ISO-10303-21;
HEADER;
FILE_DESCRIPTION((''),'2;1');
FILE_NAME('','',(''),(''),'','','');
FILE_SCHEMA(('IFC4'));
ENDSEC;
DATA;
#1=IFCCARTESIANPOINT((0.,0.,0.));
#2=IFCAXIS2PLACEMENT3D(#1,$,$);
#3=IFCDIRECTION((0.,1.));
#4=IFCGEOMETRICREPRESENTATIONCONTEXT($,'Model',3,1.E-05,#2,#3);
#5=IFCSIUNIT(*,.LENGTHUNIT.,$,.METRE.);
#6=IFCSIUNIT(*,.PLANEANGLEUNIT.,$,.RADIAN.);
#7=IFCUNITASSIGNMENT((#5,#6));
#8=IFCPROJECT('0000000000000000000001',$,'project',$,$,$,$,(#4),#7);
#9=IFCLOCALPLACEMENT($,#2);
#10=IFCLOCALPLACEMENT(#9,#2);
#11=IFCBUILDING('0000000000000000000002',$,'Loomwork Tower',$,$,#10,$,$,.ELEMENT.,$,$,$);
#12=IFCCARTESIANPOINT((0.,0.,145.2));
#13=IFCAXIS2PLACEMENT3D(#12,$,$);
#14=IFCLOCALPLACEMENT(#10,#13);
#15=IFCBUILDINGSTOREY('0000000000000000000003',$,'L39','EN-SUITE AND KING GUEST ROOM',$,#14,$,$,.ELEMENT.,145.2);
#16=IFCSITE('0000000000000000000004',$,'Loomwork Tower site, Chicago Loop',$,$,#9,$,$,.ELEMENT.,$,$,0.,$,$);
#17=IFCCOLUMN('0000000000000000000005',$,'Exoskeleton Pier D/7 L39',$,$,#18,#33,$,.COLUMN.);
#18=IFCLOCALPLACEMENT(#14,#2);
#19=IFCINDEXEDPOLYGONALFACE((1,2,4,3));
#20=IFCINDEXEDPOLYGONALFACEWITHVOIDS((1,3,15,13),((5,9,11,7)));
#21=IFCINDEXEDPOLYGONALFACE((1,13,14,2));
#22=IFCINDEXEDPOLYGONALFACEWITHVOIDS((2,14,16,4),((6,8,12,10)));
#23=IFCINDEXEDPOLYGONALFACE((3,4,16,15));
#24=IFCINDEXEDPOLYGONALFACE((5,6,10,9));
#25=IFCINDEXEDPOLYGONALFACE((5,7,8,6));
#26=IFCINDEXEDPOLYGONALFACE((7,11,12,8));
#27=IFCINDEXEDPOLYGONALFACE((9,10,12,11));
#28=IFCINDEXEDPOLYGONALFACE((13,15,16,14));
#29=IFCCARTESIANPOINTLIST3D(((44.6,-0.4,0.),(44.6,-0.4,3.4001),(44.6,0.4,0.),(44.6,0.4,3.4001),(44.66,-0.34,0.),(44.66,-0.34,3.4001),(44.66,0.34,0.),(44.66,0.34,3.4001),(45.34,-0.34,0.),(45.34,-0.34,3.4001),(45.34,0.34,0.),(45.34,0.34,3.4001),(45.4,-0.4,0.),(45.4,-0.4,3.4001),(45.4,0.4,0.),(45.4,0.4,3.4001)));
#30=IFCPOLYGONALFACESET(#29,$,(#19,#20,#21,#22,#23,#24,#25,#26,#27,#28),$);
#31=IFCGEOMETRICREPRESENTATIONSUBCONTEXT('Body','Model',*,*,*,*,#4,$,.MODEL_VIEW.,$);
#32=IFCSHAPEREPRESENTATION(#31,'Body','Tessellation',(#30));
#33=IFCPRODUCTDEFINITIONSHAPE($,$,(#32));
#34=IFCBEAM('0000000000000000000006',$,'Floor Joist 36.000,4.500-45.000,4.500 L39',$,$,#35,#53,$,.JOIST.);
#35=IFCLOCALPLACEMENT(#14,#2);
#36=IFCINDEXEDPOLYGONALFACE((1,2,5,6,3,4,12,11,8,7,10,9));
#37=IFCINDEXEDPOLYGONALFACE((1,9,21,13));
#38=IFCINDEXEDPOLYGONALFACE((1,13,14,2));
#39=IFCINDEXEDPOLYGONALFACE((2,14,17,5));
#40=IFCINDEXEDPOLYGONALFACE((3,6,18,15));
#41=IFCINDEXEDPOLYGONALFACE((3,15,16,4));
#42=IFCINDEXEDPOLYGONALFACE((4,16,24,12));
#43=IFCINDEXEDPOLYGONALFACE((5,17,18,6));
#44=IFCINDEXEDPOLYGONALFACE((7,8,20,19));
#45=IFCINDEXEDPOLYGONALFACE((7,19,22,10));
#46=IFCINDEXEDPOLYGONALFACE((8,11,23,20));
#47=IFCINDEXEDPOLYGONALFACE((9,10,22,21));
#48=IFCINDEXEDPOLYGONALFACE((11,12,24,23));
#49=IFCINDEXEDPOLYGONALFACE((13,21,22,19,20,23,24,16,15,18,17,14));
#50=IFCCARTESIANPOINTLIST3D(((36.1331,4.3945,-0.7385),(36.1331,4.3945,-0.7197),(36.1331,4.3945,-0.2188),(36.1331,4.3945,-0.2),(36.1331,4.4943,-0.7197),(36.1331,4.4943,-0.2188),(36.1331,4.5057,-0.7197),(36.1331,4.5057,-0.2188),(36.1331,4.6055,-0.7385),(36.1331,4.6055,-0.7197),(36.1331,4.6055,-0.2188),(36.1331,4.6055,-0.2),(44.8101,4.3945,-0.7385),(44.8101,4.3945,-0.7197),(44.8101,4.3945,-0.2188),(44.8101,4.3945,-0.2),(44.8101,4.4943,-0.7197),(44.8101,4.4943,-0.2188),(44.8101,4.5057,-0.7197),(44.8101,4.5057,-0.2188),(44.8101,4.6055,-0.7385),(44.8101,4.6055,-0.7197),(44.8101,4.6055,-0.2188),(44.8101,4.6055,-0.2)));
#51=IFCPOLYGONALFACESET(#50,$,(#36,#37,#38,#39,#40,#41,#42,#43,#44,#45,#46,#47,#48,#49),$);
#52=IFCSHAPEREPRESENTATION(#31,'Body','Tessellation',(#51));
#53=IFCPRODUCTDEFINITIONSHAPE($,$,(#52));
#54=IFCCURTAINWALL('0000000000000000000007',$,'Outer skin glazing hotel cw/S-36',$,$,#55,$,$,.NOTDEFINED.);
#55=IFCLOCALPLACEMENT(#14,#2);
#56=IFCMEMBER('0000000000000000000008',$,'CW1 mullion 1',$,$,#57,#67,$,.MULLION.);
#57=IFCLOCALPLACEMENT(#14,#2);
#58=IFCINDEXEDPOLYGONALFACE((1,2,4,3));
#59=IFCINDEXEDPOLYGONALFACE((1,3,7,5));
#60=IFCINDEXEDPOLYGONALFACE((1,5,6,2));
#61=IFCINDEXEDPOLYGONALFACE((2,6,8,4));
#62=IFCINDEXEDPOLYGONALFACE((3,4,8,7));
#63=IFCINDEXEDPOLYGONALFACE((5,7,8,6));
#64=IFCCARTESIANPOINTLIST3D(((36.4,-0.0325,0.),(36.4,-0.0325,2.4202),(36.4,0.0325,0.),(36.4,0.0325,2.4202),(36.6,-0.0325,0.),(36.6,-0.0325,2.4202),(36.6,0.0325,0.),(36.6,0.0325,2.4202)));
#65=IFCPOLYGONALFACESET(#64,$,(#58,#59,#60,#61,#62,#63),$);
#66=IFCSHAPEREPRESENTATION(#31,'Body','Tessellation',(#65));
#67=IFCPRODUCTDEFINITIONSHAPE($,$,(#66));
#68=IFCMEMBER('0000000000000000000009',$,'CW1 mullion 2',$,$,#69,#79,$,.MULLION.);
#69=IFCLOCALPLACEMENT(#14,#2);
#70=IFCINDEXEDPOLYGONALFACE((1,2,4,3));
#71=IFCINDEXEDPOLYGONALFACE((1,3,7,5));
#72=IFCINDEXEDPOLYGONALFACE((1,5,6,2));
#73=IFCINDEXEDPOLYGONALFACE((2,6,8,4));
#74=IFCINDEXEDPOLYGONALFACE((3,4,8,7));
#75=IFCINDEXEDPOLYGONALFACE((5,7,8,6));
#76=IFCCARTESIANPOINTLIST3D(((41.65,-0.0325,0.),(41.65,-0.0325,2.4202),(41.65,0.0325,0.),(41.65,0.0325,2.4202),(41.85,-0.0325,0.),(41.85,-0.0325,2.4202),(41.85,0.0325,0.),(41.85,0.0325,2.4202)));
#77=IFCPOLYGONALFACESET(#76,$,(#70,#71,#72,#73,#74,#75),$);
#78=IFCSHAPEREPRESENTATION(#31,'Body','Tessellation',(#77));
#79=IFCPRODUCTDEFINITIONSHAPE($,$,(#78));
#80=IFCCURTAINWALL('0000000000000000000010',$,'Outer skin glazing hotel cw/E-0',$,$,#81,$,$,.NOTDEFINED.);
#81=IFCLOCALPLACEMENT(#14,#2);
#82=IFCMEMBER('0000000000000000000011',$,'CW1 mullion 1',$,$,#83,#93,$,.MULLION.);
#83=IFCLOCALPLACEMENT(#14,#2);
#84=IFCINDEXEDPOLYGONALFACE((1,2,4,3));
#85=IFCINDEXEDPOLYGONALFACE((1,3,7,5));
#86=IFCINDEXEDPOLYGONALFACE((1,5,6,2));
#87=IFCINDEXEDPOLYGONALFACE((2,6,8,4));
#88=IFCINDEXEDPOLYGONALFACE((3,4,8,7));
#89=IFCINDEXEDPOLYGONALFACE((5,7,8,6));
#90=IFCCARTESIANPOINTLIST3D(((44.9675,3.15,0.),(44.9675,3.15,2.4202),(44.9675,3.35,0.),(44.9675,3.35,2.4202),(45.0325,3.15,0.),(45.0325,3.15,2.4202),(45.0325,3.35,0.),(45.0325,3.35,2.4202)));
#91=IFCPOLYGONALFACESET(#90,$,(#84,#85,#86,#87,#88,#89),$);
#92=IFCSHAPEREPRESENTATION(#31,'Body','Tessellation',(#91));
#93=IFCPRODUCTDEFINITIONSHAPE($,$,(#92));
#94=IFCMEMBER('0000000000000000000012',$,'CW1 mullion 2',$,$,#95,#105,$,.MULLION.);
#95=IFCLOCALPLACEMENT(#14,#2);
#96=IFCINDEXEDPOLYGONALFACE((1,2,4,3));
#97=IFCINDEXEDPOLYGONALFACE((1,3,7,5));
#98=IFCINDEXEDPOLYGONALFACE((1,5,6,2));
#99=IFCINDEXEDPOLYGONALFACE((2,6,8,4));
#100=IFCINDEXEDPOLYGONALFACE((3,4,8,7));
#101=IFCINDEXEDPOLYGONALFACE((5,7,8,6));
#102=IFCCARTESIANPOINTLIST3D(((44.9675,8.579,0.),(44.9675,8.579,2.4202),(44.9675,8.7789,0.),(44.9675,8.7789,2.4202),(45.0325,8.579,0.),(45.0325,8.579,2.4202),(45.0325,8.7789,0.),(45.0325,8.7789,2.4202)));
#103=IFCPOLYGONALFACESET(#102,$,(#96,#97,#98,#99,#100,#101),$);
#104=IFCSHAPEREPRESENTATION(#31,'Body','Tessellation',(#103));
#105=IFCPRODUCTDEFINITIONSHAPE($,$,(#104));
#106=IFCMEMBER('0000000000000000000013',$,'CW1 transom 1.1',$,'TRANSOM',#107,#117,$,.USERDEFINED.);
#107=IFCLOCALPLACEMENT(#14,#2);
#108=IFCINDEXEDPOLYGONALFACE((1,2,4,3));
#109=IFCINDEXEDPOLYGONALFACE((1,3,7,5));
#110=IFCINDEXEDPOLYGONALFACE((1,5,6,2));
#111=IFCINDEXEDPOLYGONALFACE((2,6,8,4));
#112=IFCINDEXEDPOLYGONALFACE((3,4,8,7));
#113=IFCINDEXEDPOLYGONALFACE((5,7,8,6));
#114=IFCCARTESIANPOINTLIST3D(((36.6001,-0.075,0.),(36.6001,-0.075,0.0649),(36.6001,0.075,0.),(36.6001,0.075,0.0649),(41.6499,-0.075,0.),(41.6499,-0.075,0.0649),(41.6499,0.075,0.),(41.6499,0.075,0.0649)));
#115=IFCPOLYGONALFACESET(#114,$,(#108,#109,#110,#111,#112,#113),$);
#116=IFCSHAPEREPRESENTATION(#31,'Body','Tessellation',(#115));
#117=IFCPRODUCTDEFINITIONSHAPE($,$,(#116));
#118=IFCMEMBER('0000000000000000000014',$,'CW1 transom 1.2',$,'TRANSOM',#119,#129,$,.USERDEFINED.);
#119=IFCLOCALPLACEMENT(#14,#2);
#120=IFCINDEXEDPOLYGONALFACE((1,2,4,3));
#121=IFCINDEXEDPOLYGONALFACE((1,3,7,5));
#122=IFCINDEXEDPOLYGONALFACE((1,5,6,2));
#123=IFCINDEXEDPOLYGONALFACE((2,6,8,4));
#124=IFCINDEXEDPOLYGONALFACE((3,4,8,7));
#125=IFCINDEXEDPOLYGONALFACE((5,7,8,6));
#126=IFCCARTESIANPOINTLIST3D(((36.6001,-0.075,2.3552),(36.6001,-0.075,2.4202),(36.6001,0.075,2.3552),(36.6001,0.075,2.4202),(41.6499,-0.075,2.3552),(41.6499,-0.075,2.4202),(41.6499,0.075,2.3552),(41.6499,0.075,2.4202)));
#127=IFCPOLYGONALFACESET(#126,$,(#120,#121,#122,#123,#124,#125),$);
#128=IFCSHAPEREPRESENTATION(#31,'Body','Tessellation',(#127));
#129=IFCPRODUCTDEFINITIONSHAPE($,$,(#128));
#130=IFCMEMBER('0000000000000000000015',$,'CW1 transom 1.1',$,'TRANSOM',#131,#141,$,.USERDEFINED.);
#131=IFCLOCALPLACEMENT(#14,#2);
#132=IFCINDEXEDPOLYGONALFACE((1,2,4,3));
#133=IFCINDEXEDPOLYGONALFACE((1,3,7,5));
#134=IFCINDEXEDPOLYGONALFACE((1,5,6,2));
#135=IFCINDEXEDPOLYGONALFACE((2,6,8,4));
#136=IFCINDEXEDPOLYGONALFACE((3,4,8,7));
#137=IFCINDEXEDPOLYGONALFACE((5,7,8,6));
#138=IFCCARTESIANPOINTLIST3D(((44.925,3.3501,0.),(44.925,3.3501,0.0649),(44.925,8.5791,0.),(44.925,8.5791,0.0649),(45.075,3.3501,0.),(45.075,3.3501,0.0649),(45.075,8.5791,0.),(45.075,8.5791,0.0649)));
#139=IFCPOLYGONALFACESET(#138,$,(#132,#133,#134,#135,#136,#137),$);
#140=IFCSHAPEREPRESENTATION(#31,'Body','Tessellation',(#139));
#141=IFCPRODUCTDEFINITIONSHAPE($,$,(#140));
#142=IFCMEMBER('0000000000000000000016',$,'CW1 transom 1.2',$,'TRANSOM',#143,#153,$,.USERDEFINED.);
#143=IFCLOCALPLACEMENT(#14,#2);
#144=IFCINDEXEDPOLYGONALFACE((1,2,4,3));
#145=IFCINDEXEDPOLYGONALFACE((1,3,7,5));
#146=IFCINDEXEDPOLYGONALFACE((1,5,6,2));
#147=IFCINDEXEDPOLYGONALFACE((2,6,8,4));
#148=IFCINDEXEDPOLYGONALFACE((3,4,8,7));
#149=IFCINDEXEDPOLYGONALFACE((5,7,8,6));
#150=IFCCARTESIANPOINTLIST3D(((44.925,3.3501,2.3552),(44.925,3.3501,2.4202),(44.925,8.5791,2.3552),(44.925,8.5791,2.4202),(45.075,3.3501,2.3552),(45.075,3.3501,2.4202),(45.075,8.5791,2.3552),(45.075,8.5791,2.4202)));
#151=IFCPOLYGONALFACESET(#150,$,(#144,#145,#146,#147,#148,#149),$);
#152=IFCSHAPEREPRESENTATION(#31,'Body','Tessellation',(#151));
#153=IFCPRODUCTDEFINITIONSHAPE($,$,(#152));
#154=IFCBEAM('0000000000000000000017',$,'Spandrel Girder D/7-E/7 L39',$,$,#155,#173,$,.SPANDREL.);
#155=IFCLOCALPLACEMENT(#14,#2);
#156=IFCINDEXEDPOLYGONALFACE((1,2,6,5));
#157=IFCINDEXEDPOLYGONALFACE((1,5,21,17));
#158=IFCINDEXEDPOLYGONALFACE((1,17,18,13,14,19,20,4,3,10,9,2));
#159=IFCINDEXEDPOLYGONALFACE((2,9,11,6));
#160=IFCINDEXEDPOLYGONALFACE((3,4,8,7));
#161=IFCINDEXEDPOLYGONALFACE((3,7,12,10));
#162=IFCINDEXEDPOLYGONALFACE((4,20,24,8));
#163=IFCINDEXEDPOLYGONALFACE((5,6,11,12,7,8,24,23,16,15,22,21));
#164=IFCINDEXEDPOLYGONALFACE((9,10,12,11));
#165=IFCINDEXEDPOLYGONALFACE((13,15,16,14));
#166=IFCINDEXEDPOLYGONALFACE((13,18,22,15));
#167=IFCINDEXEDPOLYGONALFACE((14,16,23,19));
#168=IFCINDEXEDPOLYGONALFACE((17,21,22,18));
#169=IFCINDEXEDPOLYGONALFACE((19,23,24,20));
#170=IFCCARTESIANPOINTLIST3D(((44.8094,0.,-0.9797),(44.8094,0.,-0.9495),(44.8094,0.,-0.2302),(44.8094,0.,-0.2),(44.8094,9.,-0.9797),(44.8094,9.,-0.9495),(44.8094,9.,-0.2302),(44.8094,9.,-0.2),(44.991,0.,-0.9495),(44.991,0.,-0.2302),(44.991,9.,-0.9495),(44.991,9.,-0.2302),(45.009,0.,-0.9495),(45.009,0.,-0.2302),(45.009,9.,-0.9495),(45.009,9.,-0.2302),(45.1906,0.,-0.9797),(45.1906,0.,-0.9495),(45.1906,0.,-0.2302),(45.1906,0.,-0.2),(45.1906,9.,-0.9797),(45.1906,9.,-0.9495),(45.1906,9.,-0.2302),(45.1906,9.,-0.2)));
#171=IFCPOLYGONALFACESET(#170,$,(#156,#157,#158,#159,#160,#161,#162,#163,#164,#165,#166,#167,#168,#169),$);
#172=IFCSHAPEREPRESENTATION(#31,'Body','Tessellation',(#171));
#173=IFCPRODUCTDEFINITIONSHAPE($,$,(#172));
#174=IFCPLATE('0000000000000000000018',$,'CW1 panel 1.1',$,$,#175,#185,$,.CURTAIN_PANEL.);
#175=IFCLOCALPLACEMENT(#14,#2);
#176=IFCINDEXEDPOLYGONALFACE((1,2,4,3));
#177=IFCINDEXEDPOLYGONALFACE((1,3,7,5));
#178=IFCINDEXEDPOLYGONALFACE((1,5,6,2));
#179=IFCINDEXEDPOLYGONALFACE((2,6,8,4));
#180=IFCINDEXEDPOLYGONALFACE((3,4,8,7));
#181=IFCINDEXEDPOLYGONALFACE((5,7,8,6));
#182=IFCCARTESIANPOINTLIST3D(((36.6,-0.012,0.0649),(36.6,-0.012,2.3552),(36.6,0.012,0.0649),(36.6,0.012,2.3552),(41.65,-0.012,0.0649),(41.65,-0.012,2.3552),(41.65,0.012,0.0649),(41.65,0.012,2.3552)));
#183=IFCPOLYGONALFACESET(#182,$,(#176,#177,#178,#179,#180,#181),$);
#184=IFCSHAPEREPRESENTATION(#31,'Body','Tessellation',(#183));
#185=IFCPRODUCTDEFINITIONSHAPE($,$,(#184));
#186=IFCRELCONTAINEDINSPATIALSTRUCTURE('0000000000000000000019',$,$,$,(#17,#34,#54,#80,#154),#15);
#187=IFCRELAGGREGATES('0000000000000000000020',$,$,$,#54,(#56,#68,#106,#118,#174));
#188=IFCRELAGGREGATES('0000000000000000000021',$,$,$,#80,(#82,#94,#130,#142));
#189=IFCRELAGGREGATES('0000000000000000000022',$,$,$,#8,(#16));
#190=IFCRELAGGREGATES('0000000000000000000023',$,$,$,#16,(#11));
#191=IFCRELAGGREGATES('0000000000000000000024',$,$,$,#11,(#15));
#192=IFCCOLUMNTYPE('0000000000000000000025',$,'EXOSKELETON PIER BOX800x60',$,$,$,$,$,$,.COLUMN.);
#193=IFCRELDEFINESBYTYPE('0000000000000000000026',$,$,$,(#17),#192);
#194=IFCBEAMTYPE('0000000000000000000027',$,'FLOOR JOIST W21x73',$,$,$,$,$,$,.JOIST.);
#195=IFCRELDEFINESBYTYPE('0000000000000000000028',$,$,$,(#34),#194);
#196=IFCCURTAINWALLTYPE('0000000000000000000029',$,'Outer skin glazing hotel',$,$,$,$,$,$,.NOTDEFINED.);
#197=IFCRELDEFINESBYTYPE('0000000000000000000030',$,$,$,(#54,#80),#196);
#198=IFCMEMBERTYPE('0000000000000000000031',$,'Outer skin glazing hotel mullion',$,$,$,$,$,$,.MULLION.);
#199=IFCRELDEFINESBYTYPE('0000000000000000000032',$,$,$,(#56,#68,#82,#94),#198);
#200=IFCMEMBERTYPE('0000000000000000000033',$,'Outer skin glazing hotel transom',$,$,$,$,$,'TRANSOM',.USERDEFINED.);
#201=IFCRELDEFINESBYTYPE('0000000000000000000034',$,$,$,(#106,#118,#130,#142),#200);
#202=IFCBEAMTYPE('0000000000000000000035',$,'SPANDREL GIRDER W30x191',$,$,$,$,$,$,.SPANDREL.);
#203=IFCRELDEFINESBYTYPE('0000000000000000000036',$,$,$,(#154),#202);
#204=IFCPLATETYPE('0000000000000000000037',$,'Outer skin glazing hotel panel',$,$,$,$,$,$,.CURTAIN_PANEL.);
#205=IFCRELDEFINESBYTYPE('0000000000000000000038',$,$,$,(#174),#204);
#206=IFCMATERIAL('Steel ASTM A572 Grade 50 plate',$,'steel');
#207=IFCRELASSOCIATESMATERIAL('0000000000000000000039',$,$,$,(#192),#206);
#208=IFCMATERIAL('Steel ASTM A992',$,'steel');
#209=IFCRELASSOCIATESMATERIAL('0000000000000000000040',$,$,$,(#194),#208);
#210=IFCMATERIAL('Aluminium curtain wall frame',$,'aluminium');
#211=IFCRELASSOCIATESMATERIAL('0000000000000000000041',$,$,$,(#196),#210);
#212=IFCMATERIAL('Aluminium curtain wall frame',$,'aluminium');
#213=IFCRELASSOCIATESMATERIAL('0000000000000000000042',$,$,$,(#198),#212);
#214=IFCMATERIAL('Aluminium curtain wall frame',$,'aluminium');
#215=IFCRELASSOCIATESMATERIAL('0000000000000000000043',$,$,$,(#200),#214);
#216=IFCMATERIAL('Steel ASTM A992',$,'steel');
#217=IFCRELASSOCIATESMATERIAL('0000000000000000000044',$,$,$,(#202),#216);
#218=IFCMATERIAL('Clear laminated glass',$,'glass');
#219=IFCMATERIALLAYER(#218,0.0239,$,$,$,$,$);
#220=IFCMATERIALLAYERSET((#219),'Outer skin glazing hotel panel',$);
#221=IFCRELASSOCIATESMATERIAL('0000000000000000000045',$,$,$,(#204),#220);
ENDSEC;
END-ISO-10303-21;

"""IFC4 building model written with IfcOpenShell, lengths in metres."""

from ifc_helpers import new_model, si_unit, direction, frame, origin, origin_2d, place, context, subcontext, project, spatial, rectangle, hollow_rectangle, i_section, extrude, material, layer, layer_set, material_profile, profile_set, type_object, element, aggregate, save


model = new_model("IFC4")

# Units and contexts
model_context = context("Model", 3, precision=1e-05, world=origin(), true_north=direction((0.0, 1.0)))
body_context = subcontext(model_context, "Body", "Model", "MODEL_VIEW")
ifc_project = project(units=[si_unit("LENGTHUNIT", "METRE"), si_unit("PLANEANGLEUNIT", "RADIAN")], contexts=[model_context])

# Site, building, storey
site_placement = place(None, origin())
site = spatial("IfcSite", under=ifc_project, at=site_placement, Name="Loomwork Tower site, Chicago Loop", CompositionType="ELEMENT", RefElevation=0.0)
building_placement = place(site_placement, origin())
building = spatial("IfcBuilding", under=site, at=building_placement, Name="Loomwork Tower", CompositionType="ELEMENT")
storey_placement = place(building_placement, frame((0.0, 0.0, 145.2)))
storey = spatial("IfcBuildingStorey", under=building, at=storey_placement, Name="L39", Description="EN-SUITE AND KING GUEST ROOM", CompositionType="ELEMENT", Elevation=145.2)

# Column
ifc_material_1 = material(Name="Steel ASTM A572 Grade 50 plate", Category="steel")
ifc_material_profile_1 = material_profile(ifc_material_1, hollow_rectangle(XDim=0.8, YDim=0.8, WallThickness=0.0601, at=origin_2d()), Name="BOX800x60")
ifc_profile_set_1 = profile_set([ifc_material_profile_1], Name="Steel ASTM A572 Grade 50 plate")
column_type = type_object("IfcColumnType", Name="EXOSKELETON PIER BOX800x60", PredefinedType="COLUMN", material=ifc_profile_set_1)
column_placement = place(storey_placement, frame((45.0, 0.0, 0.0), z_axis=(0.0, 0.0, 1.0), x_axis=(1.0, 0.0, 0.0)))
element("IfcColumn", 1, at=column_placement, inside=storey, type_object=column_type, Name="Exoskeleton Pier D/7 L39", PredefinedType="COLUMN", context=body_context, shape_type="SweptSolid", body=[
    extrude(hollow_rectangle(XDim=0.8, YDim=0.8, WallThickness=0.0601, at=origin_2d()), origin(), (0.0, 0.0, 1.0), 3.4001),
])

# Beam
ifc_material_2 = material(Name="Steel ASTM A992", Category="steel")
ifc_material_profile_2 = material_profile(ifc_material_2, i_section(OverallWidth=0.2109, OverallDepth=0.5386, WebThickness=0.0115, FlangeThickness=0.0188, at=origin_2d()), Name="W21x73")
ifc_profile_set_2 = profile_set([ifc_material_profile_2], Name="Steel ASTM A992")
beam_type_1 = type_object("IfcBeamType", Name="FLOOR JOIST W21x73", PredefinedType="JOIST", material=ifc_profile_set_2)
beam_1_placement = place(storey_placement, frame((36.1331, 4.5, -0.4692), z_axis=(1.0, 0.0, 0.0), x_axis=(0.0, 1.0, 0.0)))
element("IfcBeam", 2, at=beam_1_placement, inside=storey, type_object=beam_type_1, Name="Floor Joist 36.000,4.500-45.000,4.500 L39", PredefinedType="JOIST", context=body_context, shape_type="SweptSolid", body=[
    extrude(i_section(OverallWidth=0.2109, OverallDepth=0.5386, WebThickness=0.0115, FlangeThickness=0.0188, at=origin_2d()), origin(), (0.0, 0.0, 1.0), 8.677),
])

# Curtain walls, members
ifc_material_3 = material(Name="Aluminium curtain wall frame", Category="aluminium")
curtain_wall_type = type_object("IfcCurtainWallType", Name="Outer skin glazing hotel", PredefinedType="NOTDEFINED", material=ifc_material_3)
curtain_wall_1_placement = place(storey_placement, origin())
curtain_wall_1 = element("IfcCurtainWall", 3, at=curtain_wall_1_placement, inside=storey, type_object=curtain_wall_type, Name="Outer skin glazing hotel cw/S-36", PredefinedType="NOTDEFINED")
ifc_material_4 = material(Name="Aluminium curtain wall frame", Category="aluminium")
ifc_material_profile_3 = material_profile(ifc_material_4, rectangle(XDim=0.0649, YDim=0.2, at=origin_2d()), Name="AL 65x200")
ifc_profile_set_3 = profile_set([ifc_material_profile_3], Name="Aluminium curtain wall frame")
member_type_1 = type_object("IfcMemberType", Name="Outer skin glazing hotel mullion", PredefinedType="MULLION", material=ifc_profile_set_3)
member_1_placement = place(storey_placement, frame((36.5, 0.0, 0.0), z_axis=(0.0, 0.0, 1.0), x_axis=(0.0, 1.0, 0.0)))
member_1 = element("IfcMember", 4, at=member_1_placement, type_object=member_type_1, Name="CW1 mullion 1", PredefinedType="MULLION", context=body_context, shape_type="SweptSolid", body=[
    extrude(rectangle(XDim=0.0649, YDim=0.2, at=origin_2d()), origin(), (0.0, 0.0, 1.0), 2.4202),
])
member_2_placement = place(storey_placement, frame((41.75, 0.0, 0.0), z_axis=(0.0, 0.0, 1.0), x_axis=(0.0, 1.0, 0.0)))
member_2 = element("IfcMember", 5, at=member_2_placement, type_object=member_type_1, Name="CW1 mullion 2", PredefinedType="MULLION", context=body_context, shape_type="SweptSolid", body=[
    extrude(rectangle(XDim=0.0649, YDim=0.2, at=origin_2d()), origin(), (0.0, 0.0, 1.0), 2.4202),
])
curtain_wall_2_placement = place(storey_placement, origin())
curtain_wall_2 = element("IfcCurtainWall", 6, at=curtain_wall_2_placement, inside=storey, type_object=curtain_wall_type, Name="Outer skin glazing hotel cw/E-0", PredefinedType="NOTDEFINED")
member_3_placement = place(storey_placement, frame((45.0, 3.25, 0.0), z_axis=(0.0, 0.0, 1.0), x_axis=(-1.0, 0.0, 0.0)))
member_3 = element("IfcMember", 7, at=member_3_placement, type_object=member_type_1, Name="CW1 mullion 1", PredefinedType="MULLION", context=body_context, shape_type="SweptSolid", body=[
    extrude(rectangle(XDim=0.0649, YDim=0.2, at=origin_2d()), origin(), (0.0, 0.0, 1.0), 2.4202),
])
member_4_placement = place(storey_placement, frame((45.0, 8.679, 0.0), z_axis=(0.0, 0.0, 1.0), x_axis=(-1.0, 0.0, 0.0)))
member_4 = element("IfcMember", 8, at=member_4_placement, type_object=member_type_1, Name="CW1 mullion 2", PredefinedType="MULLION", context=body_context, shape_type="SweptSolid", body=[
    extrude(rectangle(XDim=0.0649, YDim=0.2, at=origin_2d()), origin(), (0.0, 0.0, 1.0), 2.4202),
])

# Members
ifc_material_5 = material(Name="Aluminium curtain wall frame", Category="aluminium")
ifc_material_profile_4 = material_profile(ifc_material_5, rectangle(XDim=0.1499, YDim=0.0649, at=origin_2d()), Name="AL 65x150")
ifc_profile_set_4 = profile_set([ifc_material_profile_4], Name="Aluminium curtain wall frame")
member_type_2 = type_object("IfcMemberType", Name="Outer skin glazing hotel transom", ElementType="TRANSOM", PredefinedType="USERDEFINED", material=ifc_profile_set_4)
member_5_placement = place(storey_placement, frame((36.6001, 0.0, 0.0325), z_axis=(1.0, 0.0, 0.0), x_axis=(0.0, 1.0, 0.0)))
member_5 = element("IfcMember", 9, at=member_5_placement, type_object=member_type_2, Name="CW1 transom 1.1", ObjectType="TRANSOM", PredefinedType="USERDEFINED", context=body_context, shape_type="SweptSolid", body=[
    extrude(rectangle(XDim=0.1499, YDim=0.0649, at=origin_2d()), origin(), (0.0, 0.0, 1.0), 5.0498),
])
member_6_placement = place(storey_placement, frame((36.6001, 0.0, 2.3877), z_axis=(1.0, 0.0, 0.0), x_axis=(0.0, 1.0, 0.0)))
member_6 = element("IfcMember", 10, at=member_6_placement, type_object=member_type_2, Name="CW1 transom 1.2", ObjectType="TRANSOM", PredefinedType="USERDEFINED", context=body_context, shape_type="SweptSolid", body=[
    extrude(rectangle(XDim=0.1499, YDim=0.0649, at=origin_2d()), origin(), (0.0, 0.0, 1.0), 5.0498),
])
member_7_placement = place(storey_placement, frame((45.0, 3.3501, 0.0325), z_axis=(0.0, 1.0, 0.0), x_axis=(-1.0, 0.0, 0.0)))
member_7 = element("IfcMember", 11, at=member_7_placement, type_object=member_type_2, Name="CW1 transom 1.1", ObjectType="TRANSOM", PredefinedType="USERDEFINED", context=body_context, shape_type="SweptSolid", body=[
    extrude(rectangle(XDim=0.1499, YDim=0.0649, at=origin_2d()), origin(), (0.0, 0.0, 1.0), 5.229),
])
member_8_placement = place(storey_placement, frame((45.0, 3.3501, 2.3877), z_axis=(0.0, 1.0, 0.0), x_axis=(-1.0, 0.0, 0.0)))
member_8 = element("IfcMember", 12, at=member_8_placement, type_object=member_type_2, Name="CW1 transom 1.2", ObjectType="TRANSOM", PredefinedType="USERDEFINED", context=body_context, shape_type="SweptSolid", body=[
    extrude(rectangle(XDim=0.1499, YDim=0.0649, at=origin_2d()), origin(), (0.0, 0.0, 1.0), 5.229),
])

# Beam
ifc_material_6 = material(Name="Steel ASTM A992", Category="steel")
ifc_material_profile_5 = material_profile(ifc_material_6, i_section(OverallWidth=0.3811, OverallDepth=0.7798, WebThickness=0.0181, FlangeThickness=0.0303, at=origin_2d()), Name="W30x191")
ifc_profile_set_5 = profile_set([ifc_material_profile_5], Name="Steel ASTM A992")
beam_type_2 = type_object("IfcBeamType", Name="SPANDREL GIRDER W30x191", PredefinedType="SPANDREL", material=ifc_profile_set_5)
beam_2_placement = place(storey_placement, frame((45.0, 0.0, -0.5898), z_axis=(0.0, 1.0, 0.0), x_axis=(-1.0, 0.0, 0.0)))
element("IfcBeam", 13, at=beam_2_placement, inside=storey, type_object=beam_type_2, Name="Spandrel Girder D/7-E/7 L39", PredefinedType="SPANDREL", context=body_context, shape_type="SweptSolid", body=[
    extrude(i_section(OverallWidth=0.3811, OverallDepth=0.7798, WebThickness=0.0181, FlangeThickness=0.0303, at=origin_2d()), origin(), (0.0, 0.0, 1.0), 9.0),
])

# Plate
ifc_material_7 = material(Name="Clear laminated glass", Category="glass")
ifc_layer_1 = layer(ifc_material_7, 0.0239)
ifc_layer_set_1 = layer_set([ifc_layer_1], Name="Outer skin glazing hotel panel")
plate_type = type_object("IfcPlateType", Name="Outer skin glazing hotel panel", PredefinedType="CURTAIN_PANEL", material=ifc_layer_set_1)
plate_1_placement = place(storey_placement, frame((39.125, 0.0, 0.0649), z_axis=(0.0, 0.0, 1.0), x_axis=(1.0, 0.0, 0.0)))
plate_1 = element("IfcPlate", 14, at=plate_1_placement, type_object=plate_type, Name="CW1 panel 1.1", PredefinedType="CURTAIN_PANEL", context=body_context, shape_type="SweptSolid", body=[
    extrude(rectangle(XDim=5.05, YDim=0.0239, at=origin_2d()), origin(), (0.0, 0.0, 1.0), 2.2903),
])
aggregate(curtain_wall_1, [member_1, member_2, member_5, member_6, plate_1])
aggregate(curtain_wall_2, [member_3, member_4, member_7, member_8])

save(model, "model.ifc")
